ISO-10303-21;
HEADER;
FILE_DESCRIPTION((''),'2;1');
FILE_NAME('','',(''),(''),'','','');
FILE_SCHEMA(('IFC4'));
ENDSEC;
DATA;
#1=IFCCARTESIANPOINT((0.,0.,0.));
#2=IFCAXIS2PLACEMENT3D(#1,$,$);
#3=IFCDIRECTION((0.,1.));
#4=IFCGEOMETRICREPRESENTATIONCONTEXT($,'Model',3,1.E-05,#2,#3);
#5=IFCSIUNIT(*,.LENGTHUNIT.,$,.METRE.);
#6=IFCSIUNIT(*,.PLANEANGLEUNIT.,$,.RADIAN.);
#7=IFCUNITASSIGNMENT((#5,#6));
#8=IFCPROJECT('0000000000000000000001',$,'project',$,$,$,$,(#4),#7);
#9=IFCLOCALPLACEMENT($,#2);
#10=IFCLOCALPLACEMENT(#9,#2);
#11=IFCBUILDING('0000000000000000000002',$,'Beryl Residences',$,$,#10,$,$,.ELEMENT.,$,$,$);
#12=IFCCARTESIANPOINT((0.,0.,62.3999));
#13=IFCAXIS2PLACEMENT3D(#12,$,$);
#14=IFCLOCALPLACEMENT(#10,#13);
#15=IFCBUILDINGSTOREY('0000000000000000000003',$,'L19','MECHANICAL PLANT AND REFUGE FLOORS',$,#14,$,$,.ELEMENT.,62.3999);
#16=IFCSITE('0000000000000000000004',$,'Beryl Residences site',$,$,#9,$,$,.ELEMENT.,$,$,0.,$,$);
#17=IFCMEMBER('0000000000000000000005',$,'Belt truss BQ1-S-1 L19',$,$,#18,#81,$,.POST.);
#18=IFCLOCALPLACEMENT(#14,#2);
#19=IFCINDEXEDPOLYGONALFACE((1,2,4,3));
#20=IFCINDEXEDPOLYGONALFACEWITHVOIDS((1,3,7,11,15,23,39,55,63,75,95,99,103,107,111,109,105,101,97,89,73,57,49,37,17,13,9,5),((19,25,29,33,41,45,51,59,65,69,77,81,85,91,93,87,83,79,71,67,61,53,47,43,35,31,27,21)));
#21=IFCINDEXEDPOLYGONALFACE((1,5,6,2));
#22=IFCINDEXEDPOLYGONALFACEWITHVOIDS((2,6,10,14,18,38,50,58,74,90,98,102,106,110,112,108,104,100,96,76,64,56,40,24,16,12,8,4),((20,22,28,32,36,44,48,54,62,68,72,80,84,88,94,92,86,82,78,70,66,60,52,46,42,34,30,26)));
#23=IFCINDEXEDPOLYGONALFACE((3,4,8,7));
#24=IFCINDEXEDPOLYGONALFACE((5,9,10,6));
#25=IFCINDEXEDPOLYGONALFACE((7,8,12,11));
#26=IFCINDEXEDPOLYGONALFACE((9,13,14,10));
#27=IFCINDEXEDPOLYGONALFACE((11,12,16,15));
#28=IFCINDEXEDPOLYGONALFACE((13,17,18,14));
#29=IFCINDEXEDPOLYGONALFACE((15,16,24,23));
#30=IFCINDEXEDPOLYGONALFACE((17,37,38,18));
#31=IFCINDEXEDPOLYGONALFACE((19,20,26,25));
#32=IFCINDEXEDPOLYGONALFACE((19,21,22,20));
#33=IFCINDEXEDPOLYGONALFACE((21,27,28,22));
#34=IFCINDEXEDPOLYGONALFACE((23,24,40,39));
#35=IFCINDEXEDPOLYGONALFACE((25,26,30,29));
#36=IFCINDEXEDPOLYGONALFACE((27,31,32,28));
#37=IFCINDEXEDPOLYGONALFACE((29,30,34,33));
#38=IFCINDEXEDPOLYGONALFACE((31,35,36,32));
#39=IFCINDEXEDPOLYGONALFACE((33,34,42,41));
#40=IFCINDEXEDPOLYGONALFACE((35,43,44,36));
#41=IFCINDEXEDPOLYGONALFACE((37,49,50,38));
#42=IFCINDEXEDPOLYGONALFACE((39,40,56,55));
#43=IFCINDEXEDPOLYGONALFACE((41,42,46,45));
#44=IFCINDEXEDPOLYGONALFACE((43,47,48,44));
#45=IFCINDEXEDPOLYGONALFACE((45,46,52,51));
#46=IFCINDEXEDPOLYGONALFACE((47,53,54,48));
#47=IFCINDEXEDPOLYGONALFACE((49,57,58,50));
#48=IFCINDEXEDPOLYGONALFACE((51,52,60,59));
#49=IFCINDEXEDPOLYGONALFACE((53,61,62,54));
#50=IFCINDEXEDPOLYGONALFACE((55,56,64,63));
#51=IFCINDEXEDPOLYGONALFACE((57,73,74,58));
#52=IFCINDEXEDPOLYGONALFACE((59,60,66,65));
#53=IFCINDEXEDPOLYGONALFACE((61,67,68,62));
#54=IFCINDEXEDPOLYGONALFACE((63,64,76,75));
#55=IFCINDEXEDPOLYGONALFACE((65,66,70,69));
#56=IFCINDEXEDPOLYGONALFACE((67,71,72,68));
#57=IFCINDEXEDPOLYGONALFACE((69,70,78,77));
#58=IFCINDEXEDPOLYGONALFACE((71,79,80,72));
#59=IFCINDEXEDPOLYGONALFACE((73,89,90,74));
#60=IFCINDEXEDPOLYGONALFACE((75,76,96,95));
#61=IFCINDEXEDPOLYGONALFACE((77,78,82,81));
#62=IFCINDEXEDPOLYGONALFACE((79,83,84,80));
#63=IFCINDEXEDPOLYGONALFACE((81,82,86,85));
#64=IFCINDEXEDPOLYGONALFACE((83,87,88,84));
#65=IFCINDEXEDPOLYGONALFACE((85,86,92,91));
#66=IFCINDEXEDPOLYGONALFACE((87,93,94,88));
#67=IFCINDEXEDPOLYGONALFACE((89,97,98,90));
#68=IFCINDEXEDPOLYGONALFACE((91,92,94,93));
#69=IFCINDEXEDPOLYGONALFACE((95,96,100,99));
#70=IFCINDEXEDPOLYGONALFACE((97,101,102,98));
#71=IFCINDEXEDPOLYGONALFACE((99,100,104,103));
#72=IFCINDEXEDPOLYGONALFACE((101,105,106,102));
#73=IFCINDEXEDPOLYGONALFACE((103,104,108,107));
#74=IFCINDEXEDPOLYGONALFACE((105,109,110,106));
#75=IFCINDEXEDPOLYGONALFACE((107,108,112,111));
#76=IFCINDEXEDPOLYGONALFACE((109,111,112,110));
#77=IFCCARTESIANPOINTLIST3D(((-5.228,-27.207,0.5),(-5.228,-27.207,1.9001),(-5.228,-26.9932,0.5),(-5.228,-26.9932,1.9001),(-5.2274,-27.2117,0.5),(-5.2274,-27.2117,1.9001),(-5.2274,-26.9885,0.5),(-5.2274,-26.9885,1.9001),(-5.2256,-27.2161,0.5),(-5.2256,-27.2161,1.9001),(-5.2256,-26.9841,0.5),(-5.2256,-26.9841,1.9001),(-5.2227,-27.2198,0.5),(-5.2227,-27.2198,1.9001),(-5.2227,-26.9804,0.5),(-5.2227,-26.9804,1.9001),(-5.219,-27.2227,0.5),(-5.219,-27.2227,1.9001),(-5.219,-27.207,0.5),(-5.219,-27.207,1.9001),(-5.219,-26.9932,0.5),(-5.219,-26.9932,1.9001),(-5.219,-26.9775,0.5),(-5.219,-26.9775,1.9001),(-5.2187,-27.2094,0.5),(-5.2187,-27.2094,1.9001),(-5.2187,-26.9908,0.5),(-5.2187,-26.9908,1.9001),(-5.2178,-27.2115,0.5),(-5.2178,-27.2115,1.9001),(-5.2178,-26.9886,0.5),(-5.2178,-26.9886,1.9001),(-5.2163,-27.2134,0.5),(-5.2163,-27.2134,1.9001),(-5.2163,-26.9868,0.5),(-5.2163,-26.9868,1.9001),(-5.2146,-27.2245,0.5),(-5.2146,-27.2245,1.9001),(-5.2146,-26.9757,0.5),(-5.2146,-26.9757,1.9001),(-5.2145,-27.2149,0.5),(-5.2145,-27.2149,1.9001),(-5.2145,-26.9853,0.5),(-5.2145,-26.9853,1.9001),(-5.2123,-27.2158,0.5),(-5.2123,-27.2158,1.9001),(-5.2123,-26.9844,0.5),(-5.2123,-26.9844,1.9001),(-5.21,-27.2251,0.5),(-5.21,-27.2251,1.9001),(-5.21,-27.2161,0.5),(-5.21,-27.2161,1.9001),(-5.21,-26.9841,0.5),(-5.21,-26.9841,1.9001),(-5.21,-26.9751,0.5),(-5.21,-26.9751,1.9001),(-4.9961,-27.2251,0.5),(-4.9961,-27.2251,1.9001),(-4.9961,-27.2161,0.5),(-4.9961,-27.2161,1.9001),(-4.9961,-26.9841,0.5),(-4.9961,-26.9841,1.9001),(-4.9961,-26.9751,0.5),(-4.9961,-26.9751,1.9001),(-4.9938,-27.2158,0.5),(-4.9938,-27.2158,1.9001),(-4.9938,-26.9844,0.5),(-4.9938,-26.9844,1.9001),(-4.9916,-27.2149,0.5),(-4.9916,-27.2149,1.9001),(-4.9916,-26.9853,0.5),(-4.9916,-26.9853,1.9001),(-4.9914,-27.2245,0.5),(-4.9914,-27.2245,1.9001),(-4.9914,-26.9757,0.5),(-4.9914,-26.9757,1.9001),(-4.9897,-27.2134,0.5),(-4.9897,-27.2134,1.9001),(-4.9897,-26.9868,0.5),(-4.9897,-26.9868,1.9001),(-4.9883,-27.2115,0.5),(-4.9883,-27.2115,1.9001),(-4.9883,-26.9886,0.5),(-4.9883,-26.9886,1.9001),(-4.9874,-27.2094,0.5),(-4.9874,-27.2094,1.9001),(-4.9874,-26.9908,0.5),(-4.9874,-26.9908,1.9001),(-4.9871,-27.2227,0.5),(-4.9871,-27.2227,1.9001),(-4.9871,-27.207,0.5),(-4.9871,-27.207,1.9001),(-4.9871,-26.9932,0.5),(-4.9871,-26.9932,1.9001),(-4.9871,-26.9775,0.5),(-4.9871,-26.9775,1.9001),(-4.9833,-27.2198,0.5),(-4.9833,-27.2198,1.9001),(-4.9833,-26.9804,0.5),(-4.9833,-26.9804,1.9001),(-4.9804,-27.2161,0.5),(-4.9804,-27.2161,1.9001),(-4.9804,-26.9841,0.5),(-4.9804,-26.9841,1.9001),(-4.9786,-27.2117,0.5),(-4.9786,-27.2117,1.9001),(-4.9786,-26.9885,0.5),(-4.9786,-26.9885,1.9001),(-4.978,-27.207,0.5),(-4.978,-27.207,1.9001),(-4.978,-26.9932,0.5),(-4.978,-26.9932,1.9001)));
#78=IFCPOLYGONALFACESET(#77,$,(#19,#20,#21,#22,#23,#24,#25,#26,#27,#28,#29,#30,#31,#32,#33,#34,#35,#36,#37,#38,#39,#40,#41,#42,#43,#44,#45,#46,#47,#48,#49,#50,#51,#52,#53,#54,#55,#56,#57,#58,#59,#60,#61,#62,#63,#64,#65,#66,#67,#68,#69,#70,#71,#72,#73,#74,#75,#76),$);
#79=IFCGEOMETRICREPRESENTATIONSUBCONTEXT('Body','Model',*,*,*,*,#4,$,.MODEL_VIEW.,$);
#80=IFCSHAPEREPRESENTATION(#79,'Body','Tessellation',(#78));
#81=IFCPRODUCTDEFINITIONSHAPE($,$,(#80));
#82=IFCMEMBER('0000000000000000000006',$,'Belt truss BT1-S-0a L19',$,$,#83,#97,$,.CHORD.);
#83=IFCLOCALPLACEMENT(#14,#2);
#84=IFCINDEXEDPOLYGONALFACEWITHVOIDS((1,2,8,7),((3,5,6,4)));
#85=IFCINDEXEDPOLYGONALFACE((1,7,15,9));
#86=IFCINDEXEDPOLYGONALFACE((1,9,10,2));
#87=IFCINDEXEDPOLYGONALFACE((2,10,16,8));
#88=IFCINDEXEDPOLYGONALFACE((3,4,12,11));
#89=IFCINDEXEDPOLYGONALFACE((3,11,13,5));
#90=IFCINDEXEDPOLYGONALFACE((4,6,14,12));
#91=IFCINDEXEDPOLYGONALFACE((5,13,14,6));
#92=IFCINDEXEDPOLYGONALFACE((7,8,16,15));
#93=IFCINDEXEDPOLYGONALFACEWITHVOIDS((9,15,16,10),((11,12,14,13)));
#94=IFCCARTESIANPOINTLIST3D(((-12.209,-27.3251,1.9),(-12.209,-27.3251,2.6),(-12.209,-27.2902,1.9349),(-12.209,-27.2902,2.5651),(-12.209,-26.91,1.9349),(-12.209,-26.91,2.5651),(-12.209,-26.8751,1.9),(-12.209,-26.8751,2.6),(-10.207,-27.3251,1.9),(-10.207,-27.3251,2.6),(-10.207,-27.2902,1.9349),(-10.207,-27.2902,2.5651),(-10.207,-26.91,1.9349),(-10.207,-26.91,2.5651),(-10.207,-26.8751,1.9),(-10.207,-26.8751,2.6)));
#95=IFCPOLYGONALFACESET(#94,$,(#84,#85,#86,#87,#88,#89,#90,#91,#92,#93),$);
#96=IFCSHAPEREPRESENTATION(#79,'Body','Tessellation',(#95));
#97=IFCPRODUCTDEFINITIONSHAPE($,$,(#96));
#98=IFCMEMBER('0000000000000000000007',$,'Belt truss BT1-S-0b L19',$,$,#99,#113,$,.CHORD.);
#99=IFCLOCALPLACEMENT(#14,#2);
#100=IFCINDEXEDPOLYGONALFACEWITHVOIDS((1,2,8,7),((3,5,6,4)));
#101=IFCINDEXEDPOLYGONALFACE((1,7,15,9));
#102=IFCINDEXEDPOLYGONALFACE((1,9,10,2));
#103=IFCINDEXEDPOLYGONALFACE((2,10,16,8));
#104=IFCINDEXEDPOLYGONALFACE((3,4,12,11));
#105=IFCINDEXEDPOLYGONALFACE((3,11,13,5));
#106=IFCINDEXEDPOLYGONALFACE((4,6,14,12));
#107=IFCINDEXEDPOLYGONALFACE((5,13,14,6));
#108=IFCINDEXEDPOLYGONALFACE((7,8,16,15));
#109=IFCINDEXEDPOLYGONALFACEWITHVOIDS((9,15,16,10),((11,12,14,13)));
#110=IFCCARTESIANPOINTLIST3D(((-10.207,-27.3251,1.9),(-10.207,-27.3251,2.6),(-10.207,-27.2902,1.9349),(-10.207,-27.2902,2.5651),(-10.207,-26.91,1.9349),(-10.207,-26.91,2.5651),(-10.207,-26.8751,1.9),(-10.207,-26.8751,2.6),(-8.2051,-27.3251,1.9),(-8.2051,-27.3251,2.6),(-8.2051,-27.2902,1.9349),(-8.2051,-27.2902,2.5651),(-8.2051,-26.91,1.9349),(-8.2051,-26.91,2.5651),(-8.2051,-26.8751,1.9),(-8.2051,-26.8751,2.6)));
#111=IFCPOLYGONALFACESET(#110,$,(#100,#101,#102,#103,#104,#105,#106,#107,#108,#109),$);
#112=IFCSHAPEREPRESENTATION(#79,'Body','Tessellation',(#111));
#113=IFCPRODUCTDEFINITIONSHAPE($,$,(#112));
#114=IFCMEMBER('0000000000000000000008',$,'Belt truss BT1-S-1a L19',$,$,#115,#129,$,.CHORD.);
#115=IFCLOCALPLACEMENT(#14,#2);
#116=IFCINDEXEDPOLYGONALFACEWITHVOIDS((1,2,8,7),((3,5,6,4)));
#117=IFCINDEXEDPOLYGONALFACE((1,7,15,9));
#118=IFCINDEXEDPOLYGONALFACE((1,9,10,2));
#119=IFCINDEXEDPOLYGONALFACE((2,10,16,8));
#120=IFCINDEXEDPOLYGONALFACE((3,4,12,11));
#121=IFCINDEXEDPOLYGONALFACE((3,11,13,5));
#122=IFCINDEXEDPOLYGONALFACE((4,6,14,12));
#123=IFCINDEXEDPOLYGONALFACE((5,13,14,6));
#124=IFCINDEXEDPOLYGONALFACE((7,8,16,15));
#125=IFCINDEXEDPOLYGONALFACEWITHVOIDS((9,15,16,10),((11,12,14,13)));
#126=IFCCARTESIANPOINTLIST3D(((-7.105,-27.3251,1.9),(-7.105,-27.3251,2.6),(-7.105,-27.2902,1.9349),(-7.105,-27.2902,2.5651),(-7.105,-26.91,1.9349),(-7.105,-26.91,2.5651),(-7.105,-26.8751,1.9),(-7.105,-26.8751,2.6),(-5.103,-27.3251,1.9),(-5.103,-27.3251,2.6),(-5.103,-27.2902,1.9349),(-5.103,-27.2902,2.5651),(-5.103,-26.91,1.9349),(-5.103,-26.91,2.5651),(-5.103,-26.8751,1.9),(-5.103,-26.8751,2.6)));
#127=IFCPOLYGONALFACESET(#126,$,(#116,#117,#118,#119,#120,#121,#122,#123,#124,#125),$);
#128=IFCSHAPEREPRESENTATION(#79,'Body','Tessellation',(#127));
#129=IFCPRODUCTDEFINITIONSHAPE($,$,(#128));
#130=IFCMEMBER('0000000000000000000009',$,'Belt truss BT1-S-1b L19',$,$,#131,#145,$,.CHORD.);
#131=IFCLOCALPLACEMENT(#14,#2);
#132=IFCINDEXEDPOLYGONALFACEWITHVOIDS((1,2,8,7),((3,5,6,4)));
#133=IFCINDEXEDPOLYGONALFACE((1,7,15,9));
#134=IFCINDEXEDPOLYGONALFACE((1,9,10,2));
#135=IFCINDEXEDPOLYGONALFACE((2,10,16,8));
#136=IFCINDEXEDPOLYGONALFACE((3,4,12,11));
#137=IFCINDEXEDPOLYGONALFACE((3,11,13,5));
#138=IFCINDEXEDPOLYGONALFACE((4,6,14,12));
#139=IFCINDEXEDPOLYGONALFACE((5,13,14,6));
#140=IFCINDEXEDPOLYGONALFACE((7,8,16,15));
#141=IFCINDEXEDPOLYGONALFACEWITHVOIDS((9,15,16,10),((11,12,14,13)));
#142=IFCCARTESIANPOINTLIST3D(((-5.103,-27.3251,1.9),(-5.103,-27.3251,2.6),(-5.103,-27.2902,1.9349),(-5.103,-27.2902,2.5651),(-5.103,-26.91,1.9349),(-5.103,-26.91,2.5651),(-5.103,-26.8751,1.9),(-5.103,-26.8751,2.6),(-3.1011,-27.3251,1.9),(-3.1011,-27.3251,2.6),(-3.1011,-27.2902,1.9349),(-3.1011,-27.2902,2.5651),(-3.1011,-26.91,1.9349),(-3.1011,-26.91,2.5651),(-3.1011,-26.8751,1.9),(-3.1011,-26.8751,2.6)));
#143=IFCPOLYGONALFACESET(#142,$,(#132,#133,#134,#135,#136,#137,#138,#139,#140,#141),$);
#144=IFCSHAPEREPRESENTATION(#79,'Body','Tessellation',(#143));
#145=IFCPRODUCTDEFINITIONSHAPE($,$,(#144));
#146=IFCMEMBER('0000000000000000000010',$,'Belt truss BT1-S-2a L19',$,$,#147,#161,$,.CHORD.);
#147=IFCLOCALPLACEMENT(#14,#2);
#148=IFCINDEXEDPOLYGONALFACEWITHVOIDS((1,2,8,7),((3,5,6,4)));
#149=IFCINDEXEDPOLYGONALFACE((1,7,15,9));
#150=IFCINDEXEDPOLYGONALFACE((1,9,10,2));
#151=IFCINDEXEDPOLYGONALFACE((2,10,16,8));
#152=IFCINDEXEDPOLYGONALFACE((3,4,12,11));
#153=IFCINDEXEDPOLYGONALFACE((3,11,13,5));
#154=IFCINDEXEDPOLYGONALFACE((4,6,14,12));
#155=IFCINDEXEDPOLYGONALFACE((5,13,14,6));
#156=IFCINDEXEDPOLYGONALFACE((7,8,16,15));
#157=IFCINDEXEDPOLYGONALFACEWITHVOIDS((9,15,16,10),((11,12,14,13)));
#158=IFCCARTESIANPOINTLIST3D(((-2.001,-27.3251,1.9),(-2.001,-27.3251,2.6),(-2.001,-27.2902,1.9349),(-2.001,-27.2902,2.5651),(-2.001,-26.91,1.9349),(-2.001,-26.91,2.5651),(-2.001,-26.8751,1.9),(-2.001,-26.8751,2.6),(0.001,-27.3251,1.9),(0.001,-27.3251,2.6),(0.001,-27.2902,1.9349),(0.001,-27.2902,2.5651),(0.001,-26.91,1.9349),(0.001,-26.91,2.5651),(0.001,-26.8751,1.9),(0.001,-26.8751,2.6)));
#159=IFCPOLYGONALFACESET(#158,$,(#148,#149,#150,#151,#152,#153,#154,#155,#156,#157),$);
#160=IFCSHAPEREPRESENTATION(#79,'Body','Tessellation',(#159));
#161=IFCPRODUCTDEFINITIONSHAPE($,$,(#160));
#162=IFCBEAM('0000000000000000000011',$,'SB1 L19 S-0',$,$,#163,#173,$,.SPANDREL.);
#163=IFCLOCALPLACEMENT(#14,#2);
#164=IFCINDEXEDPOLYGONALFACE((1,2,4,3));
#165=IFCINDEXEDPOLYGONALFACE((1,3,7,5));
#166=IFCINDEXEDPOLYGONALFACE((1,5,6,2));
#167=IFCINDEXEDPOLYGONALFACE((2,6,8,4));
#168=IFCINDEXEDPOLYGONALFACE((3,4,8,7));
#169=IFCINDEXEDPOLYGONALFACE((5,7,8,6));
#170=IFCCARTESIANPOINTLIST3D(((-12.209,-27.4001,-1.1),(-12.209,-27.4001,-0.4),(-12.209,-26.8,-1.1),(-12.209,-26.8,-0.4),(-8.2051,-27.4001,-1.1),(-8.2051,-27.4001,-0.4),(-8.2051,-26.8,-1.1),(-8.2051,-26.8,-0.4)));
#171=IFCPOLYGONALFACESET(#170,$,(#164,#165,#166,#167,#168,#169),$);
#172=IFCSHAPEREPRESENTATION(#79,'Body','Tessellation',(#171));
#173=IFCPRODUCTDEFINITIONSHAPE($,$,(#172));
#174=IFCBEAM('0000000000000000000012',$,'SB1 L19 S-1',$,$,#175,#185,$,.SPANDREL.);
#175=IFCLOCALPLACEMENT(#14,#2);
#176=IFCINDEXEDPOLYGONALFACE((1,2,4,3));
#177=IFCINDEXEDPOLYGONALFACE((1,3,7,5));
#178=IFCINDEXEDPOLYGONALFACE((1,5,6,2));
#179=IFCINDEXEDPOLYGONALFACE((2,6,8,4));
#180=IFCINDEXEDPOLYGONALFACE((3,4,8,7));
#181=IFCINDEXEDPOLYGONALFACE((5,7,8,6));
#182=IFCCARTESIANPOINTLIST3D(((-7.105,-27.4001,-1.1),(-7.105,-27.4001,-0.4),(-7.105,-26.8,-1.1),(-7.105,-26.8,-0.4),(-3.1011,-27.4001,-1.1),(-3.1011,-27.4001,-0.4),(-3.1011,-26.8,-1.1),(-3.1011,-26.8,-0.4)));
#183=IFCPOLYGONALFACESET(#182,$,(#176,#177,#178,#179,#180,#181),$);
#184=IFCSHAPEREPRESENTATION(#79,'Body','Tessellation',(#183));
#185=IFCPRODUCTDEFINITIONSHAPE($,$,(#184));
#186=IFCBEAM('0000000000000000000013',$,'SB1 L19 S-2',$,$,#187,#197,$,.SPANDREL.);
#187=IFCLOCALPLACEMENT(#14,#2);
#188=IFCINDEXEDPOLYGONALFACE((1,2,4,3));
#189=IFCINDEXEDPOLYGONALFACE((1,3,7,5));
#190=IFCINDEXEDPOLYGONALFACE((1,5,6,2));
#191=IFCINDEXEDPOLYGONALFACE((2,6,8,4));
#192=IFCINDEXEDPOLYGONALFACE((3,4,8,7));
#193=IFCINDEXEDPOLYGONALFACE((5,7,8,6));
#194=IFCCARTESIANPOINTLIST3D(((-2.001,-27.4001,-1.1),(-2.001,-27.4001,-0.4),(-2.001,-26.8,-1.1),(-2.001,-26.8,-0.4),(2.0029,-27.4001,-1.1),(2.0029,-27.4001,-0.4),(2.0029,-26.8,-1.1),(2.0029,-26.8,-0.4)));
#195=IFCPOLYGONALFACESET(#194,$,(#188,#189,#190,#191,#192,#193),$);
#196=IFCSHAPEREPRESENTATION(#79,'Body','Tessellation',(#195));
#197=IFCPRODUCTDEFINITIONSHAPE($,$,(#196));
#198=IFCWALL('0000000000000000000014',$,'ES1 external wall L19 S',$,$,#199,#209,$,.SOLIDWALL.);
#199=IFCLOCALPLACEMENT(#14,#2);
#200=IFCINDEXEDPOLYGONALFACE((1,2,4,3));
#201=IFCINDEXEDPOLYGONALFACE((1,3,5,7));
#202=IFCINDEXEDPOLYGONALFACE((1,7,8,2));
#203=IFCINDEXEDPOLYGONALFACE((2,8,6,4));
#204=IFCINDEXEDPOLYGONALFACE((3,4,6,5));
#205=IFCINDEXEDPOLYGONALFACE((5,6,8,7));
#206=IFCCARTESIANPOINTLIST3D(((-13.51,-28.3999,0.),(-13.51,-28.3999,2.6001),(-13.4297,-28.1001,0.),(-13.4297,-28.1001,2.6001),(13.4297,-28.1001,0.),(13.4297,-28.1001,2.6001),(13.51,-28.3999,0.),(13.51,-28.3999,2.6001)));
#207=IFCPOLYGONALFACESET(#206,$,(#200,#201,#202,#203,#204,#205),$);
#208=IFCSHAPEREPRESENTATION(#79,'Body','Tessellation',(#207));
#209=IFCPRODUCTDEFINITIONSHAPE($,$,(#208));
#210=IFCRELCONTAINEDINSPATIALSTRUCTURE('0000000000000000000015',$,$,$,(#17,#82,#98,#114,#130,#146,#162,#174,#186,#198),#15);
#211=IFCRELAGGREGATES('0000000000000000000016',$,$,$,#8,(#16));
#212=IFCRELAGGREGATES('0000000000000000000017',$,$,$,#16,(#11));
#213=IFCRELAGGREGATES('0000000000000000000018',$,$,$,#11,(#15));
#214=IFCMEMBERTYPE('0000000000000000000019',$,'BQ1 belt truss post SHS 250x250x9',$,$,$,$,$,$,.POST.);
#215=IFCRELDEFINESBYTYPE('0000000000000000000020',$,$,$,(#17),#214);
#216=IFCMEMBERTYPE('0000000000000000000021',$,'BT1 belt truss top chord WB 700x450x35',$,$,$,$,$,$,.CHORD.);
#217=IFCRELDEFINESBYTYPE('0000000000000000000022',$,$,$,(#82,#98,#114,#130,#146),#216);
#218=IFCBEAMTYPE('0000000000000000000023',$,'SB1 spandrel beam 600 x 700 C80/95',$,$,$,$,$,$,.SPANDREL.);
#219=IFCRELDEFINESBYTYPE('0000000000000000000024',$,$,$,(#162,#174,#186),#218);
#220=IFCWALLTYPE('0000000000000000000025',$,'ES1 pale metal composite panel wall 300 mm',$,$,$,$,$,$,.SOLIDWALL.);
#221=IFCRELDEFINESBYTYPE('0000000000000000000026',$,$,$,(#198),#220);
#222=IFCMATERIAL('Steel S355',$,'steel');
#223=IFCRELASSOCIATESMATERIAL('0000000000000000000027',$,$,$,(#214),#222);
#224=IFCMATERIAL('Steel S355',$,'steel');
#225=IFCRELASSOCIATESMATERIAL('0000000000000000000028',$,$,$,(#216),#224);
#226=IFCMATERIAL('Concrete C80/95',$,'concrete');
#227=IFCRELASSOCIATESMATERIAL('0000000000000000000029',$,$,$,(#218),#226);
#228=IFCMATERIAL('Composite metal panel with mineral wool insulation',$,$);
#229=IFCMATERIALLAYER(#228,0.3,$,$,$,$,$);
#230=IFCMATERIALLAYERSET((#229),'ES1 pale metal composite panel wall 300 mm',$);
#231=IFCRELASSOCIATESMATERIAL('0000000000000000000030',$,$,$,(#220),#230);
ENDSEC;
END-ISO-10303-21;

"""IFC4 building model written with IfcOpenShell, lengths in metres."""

from ifc_helpers import new_model, si_unit, direction, frame, origin, origin_2d, place, context, subcontext, project, spatial, polyline, rectangle, hollow_rectangle, outline, extrude, material, layer, layer_set, material_profile, profile_set, type_object, element, save


model = new_model("IFC4")

# Units and contexts
model_context = context("Model", 3, precision=1e-05, world=origin(), true_north=direction((0.0, 1.0)))
body_context = subcontext(model_context, "Body", "Model", "MODEL_VIEW")
ifc_project = project(units=[si_unit("LENGTHUNIT", "METRE"), si_unit("PLANEANGLEUNIT", "RADIAN")], contexts=[model_context])

# Site, building, storey
site_placement = place(None, origin())
site = spatial("IfcSite", under=ifc_project, at=site_placement, Name="Beryl Residences site", CompositionType="ELEMENT", RefElevation=0.0)
building_placement = place(site_placement, origin())
building = spatial("IfcBuilding", under=site, at=building_placement, Name="Beryl Residences", CompositionType="ELEMENT")
storey_placement = place(building_placement, frame((0.0, 0.0, 62.3999)))
storey = spatial("IfcBuildingStorey", under=building, at=storey_placement, Name="L19", Description="MECHANICAL PLANT AND REFUGE FLOORS", CompositionType="ELEMENT", Elevation=62.3999)

# Members
ifc_material_1 = material(Name="Steel S355", Category="steel")
ifc_material_profile_1 = material_profile(ifc_material_1, hollow_rectangle(XDim=0.25, YDim=0.25, WallThickness=0.009, InnerFilletRadius=0.009, OuterFilletRadius=0.0181, at=origin_2d()))
ifc_profile_set_1 = profile_set([ifc_material_profile_1], Name="Steel S355")
member_type_1 = type_object("IfcMemberType", Name="BQ1 belt truss post SHS 250x250x9", PredefinedType="POST", material=ifc_profile_set_1)
for number, where, z_axis, x_axis, name in (
    (1, (-5.103, -27.1001, 0.5), (0.0, 0.0, 1.0), (1.0, 0.0, 0.0), "Belt truss BQ1-S-1 L19"),
):
    element("IfcMember", number, at=place(storey_placement, frame(where, z_axis=z_axis, x_axis=x_axis)), inside=storey, type_object=member_type_1, Name=name, PredefinedType="POST", context=body_context, shape_type="SweptSolid", body=[
        extrude(hollow_rectangle(XDim=0.25, YDim=0.25, WallThickness=0.009, InnerFilletRadius=0.009, OuterFilletRadius=0.0181, at=origin_2d()), origin(), (0.0, 0.0, 1.0), 1.4001),
    ])
ifc_material_2 = material(Name="Steel S355", Category="steel")
ifc_material_profile_2 = material_profile(ifc_material_2, hollow_rectangle(XDim=0.45, YDim=0.7, WallThickness=0.0349, at=origin_2d()))
ifc_profile_set_2 = profile_set([ifc_material_profile_2], Name="Steel S355")
member_type_2 = type_object("IfcMemberType", Name="BT1 belt truss top chord WB 700x450x35", PredefinedType="CHORD", material=ifc_profile_set_2)
for number, where, z_axis, x_axis, name in (
    (2, (-12.209, -27.1001, 2.25), (1.0, 0.0, 0.0), (0.0, 1.0, 0.0), "Belt truss BT1-S-0a L19"),
    (3, (-10.207, -27.1001, 2.25), (1.0, 0.0, 0.0), (0.0, 1.0, 0.0), "Belt truss BT1-S-0b L19"),
    (4, (-7.105, -27.1001, 2.25), (1.0, 0.0, 0.0), (0.0, 1.0, 0.0), "Belt truss BT1-S-1a L19"),
    (5, (-5.103, -27.1001, 2.25), (1.0, 0.0, 0.0), (0.0, 1.0, 0.0), "Belt truss BT1-S-1b L19"),
    (6, (-2.001, -27.1001, 2.25), (1.0, 0.0, 0.0), (0.0, 1.0, 0.0), "Belt truss BT1-S-2a L19"),
):
    element("IfcMember", number, at=place(storey_placement, frame(where, z_axis=z_axis, x_axis=x_axis)), inside=storey, type_object=member_type_2, Name=name, PredefinedType="CHORD", context=body_context, shape_type="SweptSolid", body=[
        extrude(hollow_rectangle(XDim=0.45, YDim=0.7, WallThickness=0.0349, at=origin_2d()), origin(), (0.0, 0.0, 1.0), 2.002),
    ])

# Beams
ifc_material_3 = material(Name="Concrete C80/95", Category="concrete")
ifc_material_profile_3 = material_profile(ifc_material_3, rectangle(XDim=0.6001, YDim=0.7, at=origin_2d()))
ifc_profile_set_3 = profile_set([ifc_material_profile_3], Name="Concrete C80/95")
beam_type = type_object("IfcBeamType", Name="SB1 spandrel beam 600 x 700 C80/95", PredefinedType="SPANDREL", material=ifc_profile_set_3)
for number, where, z_axis, x_axis, name in (
    (7, (-12.209, -27.1001, -0.75), (1.0, 0.0, 0.0), (0.0, 1.0, 0.0), "SB1 L19 S-0"),
    (8, (-7.105, -27.1001, -0.75), (1.0, 0.0, 0.0), (0.0, 1.0, 0.0), "SB1 L19 S-1"),
    (9, (-2.001, -27.1001, -0.75), (1.0, 0.0, 0.0), (0.0, 1.0, 0.0), "SB1 L19 S-2"),
):
    element("IfcBeam", number, at=place(storey_placement, frame(where, z_axis=z_axis, x_axis=x_axis)), inside=storey, type_object=beam_type, Name=name, PredefinedType="SPANDREL", context=body_context, shape_type="SweptSolid", body=[
        extrude(rectangle(XDim=0.6001, YDim=0.7, at=origin_2d()), origin(), (0.0, 0.0, 1.0), 4.0039),
    ])

# Wall
ifc_material_4 = material(Name="Composite metal panel with mineral wool insulation")
ifc_layer = layer(ifc_material_4, 0.3)
ifc_layer_set = layer_set([ifc_layer], Name="ES1 pale metal composite panel wall 300 mm")
wall_type = type_object("IfcWallType", Name="ES1 pale metal composite panel wall 300 mm", PredefinedType="SOLIDWALL", material=ifc_layer_set)
wall_placement = place(storey_placement, frame((-13.51, -28.25, 0.0), z_axis=(0.0, 0.0, 1.0), x_axis=(1.0, 0.0, 0.0)))
element("IfcWall", 10, at=wall_placement, inside=storey, type_object=wall_type, Name="ES1 external wall L19 S", PredefinedType="SOLIDWALL", context=body_context, shape_type="SweptSolid", body=[
    extrude(outline(polyline([(0.0, -0.1499), (27.02, -0.1499), (26.9397, 0.1499), (0.0803, 0.1499), (0.0, -0.1499)])), origin(), (0.0, 0.0, 1.0), 2.6001),
])

save(model, "model.ifc")
